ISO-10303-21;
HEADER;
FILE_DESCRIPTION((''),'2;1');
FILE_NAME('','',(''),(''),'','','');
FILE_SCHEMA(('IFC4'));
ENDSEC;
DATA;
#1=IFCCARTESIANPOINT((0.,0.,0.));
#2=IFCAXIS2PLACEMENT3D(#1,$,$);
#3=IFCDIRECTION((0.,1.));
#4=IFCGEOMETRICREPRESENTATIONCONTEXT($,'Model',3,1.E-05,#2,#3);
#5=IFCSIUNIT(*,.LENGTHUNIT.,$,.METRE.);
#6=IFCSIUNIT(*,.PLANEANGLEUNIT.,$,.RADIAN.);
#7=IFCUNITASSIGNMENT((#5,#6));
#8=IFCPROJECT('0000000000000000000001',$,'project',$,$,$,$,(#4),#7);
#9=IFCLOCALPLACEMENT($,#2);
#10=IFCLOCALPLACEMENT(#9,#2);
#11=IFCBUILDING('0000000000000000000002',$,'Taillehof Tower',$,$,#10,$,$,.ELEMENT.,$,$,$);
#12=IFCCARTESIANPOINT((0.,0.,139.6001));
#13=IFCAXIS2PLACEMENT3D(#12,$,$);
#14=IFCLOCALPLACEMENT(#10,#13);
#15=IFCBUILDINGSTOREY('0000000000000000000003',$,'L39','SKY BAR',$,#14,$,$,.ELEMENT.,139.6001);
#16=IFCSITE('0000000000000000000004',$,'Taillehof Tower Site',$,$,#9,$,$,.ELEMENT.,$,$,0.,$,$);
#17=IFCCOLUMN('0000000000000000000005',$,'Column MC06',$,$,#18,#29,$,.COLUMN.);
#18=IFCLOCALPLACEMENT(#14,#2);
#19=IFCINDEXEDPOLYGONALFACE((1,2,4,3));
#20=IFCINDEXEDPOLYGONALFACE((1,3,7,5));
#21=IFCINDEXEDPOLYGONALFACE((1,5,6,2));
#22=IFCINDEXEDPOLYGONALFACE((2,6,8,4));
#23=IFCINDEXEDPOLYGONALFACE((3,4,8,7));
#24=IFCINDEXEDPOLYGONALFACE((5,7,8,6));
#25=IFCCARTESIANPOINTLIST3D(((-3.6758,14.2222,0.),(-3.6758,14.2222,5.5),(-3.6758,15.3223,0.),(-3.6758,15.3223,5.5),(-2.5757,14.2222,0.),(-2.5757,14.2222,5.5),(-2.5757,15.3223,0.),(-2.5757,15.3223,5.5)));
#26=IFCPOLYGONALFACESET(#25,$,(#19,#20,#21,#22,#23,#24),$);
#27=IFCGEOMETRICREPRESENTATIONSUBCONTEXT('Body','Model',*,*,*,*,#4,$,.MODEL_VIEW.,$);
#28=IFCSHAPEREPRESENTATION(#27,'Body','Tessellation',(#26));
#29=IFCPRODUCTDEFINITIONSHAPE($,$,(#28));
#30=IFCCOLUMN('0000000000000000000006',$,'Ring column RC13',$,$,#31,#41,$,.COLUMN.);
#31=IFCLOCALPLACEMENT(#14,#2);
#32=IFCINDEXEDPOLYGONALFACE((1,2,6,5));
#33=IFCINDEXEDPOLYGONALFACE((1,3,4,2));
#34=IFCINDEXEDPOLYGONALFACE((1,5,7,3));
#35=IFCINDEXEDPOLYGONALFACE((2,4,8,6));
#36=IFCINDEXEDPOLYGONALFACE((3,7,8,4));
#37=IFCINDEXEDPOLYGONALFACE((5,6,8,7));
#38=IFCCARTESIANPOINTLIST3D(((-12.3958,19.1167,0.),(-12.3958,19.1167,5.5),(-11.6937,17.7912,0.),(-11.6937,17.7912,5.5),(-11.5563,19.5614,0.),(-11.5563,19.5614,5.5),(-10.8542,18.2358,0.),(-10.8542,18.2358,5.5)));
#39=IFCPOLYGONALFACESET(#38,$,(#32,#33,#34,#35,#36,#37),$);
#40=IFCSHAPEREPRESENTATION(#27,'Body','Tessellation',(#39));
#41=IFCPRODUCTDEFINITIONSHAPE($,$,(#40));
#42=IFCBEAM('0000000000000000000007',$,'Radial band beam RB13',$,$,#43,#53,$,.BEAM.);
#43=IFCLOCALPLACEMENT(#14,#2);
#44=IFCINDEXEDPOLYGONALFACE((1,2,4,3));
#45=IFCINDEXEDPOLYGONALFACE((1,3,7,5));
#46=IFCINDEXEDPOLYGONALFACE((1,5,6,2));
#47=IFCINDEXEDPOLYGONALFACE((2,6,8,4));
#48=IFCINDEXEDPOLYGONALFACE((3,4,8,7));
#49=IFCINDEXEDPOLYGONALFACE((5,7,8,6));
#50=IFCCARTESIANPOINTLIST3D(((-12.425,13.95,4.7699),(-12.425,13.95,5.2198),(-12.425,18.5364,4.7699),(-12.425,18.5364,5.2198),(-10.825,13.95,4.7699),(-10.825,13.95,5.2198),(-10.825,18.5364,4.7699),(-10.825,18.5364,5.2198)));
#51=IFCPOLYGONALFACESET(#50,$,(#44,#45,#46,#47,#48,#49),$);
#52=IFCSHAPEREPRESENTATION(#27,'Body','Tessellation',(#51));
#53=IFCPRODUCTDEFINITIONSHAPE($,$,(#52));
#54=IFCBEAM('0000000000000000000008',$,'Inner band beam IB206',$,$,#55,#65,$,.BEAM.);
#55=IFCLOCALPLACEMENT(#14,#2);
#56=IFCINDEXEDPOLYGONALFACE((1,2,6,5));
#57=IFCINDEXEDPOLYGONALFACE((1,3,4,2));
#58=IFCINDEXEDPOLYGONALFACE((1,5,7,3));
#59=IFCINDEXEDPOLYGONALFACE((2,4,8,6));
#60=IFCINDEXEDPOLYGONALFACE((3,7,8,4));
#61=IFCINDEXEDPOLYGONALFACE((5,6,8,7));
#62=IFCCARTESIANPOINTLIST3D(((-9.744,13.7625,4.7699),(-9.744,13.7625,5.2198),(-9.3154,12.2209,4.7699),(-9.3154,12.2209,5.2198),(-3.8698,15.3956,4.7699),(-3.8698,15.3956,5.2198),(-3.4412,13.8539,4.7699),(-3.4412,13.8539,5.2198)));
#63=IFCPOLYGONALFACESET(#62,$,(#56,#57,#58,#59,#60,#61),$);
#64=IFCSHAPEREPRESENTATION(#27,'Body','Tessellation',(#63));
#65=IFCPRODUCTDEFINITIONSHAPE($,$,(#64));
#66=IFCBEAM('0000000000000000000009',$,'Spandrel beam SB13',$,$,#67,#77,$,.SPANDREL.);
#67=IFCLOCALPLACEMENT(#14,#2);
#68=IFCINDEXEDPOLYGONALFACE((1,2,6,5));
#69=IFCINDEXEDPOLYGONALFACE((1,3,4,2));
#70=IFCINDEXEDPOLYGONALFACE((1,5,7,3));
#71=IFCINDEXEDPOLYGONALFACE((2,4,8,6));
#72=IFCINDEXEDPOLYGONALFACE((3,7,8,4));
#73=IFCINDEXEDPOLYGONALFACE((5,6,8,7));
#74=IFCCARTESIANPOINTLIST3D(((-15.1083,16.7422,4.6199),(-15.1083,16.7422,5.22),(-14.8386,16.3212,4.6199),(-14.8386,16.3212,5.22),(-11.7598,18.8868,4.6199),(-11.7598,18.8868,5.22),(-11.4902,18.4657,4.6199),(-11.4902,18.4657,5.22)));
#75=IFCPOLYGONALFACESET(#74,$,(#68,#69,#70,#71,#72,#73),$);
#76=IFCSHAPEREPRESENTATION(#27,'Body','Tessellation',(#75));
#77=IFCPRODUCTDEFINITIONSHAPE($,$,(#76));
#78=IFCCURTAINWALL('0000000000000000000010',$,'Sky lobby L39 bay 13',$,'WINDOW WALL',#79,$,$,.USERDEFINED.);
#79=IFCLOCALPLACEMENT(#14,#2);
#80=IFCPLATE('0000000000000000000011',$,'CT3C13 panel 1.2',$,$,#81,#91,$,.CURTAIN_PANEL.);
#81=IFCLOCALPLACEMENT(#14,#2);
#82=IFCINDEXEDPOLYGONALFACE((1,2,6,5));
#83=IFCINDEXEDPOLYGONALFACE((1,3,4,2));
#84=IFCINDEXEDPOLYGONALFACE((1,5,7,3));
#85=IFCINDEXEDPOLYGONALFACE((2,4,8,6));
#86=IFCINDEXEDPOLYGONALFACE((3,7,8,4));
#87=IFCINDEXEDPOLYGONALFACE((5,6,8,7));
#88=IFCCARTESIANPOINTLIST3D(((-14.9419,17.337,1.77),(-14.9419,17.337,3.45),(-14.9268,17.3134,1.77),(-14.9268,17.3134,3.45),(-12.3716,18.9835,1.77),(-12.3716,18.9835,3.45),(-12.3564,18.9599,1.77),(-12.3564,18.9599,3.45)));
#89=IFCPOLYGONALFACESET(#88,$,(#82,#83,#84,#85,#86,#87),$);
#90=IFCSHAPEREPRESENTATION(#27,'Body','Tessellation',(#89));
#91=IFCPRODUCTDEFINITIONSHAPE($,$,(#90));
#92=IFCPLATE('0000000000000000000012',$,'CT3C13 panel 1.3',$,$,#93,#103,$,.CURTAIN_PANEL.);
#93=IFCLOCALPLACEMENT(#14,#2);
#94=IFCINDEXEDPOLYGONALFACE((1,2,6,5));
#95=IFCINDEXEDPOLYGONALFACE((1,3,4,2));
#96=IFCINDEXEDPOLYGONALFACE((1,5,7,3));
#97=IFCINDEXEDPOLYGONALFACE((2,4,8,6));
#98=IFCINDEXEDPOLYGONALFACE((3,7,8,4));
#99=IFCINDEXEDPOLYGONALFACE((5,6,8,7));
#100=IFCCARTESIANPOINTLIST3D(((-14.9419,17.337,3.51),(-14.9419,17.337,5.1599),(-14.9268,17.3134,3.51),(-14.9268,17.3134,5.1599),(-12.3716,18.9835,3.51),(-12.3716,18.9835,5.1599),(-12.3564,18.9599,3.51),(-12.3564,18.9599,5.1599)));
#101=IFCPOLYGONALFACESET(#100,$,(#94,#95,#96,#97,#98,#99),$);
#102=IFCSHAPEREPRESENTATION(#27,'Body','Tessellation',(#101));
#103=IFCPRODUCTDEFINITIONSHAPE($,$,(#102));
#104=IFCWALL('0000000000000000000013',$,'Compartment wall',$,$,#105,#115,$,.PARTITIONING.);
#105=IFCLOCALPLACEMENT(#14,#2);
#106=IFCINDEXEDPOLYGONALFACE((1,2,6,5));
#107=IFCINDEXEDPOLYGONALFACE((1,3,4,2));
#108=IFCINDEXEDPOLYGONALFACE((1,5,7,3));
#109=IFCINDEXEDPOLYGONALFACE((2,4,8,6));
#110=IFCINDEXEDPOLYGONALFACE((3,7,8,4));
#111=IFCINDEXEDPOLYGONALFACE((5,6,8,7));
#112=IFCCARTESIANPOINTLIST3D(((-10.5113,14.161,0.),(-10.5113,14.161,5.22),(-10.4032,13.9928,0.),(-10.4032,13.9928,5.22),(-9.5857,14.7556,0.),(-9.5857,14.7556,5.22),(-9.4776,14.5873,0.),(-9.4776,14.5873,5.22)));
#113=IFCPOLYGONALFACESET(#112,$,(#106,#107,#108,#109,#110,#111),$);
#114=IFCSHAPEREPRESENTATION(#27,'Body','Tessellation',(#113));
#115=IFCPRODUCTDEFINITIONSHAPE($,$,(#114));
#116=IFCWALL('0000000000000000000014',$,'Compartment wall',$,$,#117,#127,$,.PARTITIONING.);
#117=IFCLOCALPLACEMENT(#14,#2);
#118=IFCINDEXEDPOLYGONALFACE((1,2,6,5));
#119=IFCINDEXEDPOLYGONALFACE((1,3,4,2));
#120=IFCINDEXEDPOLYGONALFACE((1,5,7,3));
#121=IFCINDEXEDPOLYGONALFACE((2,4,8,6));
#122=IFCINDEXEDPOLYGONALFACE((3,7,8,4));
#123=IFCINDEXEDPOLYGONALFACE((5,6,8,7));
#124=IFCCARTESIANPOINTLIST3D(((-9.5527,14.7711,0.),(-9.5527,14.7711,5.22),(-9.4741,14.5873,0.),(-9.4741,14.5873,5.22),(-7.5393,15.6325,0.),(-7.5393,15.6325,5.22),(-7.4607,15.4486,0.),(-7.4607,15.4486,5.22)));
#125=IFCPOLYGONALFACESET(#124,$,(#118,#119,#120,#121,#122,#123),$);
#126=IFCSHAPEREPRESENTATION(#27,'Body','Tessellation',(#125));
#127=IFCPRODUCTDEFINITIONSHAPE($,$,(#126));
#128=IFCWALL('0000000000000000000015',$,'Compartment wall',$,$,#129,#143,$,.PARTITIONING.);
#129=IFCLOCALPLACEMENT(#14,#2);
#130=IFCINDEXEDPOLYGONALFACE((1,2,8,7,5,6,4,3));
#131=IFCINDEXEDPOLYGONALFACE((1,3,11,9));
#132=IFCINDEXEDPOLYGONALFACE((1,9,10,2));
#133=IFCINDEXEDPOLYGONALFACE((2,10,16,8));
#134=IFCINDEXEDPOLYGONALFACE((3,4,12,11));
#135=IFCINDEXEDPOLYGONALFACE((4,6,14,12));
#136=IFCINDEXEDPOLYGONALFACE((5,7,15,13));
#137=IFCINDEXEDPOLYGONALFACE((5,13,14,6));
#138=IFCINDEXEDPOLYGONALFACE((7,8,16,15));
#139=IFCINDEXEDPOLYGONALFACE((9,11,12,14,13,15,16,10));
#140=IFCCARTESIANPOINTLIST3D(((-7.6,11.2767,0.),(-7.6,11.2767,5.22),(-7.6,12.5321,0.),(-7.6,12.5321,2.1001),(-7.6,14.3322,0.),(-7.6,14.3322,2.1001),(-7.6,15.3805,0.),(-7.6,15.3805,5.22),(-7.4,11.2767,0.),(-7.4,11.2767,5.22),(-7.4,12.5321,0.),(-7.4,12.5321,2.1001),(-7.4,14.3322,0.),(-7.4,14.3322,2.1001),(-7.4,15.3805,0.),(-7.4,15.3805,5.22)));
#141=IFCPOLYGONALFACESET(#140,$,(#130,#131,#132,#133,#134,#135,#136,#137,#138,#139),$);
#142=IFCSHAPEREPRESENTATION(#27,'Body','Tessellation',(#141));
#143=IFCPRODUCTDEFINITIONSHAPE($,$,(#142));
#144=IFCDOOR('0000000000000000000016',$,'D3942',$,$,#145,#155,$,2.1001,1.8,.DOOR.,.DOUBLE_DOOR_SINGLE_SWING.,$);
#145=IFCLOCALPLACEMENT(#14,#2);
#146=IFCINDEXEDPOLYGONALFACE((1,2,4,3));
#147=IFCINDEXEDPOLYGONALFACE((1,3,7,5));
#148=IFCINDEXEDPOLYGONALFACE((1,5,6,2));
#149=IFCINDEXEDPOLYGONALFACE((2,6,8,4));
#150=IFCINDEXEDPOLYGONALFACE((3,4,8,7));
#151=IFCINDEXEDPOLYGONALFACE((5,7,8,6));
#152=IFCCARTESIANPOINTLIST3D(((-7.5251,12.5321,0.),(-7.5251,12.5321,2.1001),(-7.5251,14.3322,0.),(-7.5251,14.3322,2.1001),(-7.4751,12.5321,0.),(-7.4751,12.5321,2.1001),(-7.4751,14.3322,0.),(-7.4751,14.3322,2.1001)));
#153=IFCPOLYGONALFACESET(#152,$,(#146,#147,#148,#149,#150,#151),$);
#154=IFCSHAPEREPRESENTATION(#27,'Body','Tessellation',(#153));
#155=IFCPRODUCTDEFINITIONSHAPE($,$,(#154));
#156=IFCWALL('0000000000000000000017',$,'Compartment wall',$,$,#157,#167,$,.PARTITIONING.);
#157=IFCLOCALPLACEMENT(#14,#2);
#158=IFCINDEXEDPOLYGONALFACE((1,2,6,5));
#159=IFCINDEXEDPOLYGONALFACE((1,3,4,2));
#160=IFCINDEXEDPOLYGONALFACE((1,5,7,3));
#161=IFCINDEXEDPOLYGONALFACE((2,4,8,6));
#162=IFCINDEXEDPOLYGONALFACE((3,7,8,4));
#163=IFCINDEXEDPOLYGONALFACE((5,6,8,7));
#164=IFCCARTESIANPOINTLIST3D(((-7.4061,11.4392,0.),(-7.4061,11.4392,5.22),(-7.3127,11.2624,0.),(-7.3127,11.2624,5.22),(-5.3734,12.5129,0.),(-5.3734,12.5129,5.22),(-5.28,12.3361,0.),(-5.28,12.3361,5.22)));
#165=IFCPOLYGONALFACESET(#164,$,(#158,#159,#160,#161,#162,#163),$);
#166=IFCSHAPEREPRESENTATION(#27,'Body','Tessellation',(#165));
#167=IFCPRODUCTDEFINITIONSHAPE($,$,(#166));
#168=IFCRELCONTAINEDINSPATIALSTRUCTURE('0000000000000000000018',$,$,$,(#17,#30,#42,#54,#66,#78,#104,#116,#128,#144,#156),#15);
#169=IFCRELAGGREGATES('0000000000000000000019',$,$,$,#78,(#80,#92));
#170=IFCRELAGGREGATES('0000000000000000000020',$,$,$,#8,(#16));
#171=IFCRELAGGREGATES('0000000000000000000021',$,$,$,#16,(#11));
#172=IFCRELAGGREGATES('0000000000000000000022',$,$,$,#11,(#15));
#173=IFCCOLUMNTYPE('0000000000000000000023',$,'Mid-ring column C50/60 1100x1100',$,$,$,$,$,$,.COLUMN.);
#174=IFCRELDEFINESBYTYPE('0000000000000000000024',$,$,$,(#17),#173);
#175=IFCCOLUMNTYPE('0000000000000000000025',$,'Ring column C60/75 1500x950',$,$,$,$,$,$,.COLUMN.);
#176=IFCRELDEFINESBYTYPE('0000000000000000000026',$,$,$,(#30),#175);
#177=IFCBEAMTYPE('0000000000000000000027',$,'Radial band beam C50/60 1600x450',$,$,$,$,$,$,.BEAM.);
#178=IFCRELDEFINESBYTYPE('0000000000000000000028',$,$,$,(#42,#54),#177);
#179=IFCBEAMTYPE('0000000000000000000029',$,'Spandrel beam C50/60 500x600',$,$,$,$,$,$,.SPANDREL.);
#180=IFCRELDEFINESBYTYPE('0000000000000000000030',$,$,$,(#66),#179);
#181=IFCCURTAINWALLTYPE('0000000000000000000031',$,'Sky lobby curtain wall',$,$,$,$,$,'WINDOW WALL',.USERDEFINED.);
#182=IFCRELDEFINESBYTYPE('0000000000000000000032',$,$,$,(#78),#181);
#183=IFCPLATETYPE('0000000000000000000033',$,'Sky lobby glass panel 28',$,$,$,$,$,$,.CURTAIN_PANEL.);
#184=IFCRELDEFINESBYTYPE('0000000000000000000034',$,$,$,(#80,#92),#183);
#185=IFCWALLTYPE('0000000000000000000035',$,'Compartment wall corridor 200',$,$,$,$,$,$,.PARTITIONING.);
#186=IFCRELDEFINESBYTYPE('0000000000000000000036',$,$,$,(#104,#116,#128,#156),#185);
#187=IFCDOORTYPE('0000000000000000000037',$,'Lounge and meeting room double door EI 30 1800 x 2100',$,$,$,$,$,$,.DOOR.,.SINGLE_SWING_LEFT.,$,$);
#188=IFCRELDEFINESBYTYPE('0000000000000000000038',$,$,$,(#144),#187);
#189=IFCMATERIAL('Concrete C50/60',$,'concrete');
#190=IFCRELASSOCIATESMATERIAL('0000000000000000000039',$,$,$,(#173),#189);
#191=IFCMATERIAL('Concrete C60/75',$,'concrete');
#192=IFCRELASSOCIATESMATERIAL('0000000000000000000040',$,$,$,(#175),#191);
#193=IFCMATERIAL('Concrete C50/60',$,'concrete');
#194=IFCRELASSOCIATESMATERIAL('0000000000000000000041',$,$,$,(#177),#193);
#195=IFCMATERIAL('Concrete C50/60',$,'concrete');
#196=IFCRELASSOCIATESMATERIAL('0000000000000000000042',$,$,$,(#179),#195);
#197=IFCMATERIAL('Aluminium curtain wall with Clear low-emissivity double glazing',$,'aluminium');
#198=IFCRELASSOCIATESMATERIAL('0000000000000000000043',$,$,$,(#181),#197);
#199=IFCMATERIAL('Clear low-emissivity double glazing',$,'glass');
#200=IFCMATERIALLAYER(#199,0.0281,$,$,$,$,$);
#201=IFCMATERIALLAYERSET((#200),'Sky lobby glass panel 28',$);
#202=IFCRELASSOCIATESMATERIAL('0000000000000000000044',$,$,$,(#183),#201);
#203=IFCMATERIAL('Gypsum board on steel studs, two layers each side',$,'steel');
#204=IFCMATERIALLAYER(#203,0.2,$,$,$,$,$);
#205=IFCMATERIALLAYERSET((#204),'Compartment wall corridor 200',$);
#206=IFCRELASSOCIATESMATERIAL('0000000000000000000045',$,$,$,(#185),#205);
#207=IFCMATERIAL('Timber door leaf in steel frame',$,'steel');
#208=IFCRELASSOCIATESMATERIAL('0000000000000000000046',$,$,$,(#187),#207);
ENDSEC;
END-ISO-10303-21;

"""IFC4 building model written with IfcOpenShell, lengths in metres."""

from ifc_helpers import new_model, si_unit, direction, frame, frame_2d, origin, origin_2d, place, context, subcontext, project, spatial, rectangle, extrude, material, layer, layer_set, material_profile, profile_set, type_object, element, fill, aggregate, save


model = new_model("IFC4")

# Units and contexts
model_context = context("Model", 3, precision=1e-05, world=origin(), true_north=direction((0.0, 1.0)))
body_context = subcontext(model_context, "Body", "Model", "MODEL_VIEW")
ifc_project = project(units=[si_unit("LENGTHUNIT", "METRE"), si_unit("PLANEANGLEUNIT", "RADIAN")], contexts=[model_context])

# Site, building, storey
site_placement = place(None, origin())
site = spatial("IfcSite", under=ifc_project, at=site_placement, Name="Taillehof Tower Site", CompositionType="ELEMENT", RefElevation=0.0)
building_placement = place(site_placement, origin())
building = spatial("IfcBuilding", under=site, at=building_placement, Name="Taillehof Tower", CompositionType="ELEMENT")
storey_placement = place(building_placement, frame((0.0, 0.0, 139.6001)))
storey = spatial("IfcBuildingStorey", under=building, at=storey_placement, Name="L39", Description="SKY BAR", CompositionType="ELEMENT", Elevation=139.6001)

# Columns
ifc_material_1 = material(Name="Concrete C50/60", Category="concrete")
ifc_material_profile_1 = material_profile(ifc_material_1, rectangle(XDim=1.1001, YDim=1.1001, at=origin_2d()), Name="RC 1100x1100")
ifc_profile_set_1 = profile_set([ifc_material_profile_1], Name="Concrete C50/60")
column_type_1 = type_object("IfcColumnType", Name="Mid-ring column C50/60 1100x1100", PredefinedType="COLUMN", material=ifc_profile_set_1)
column_1_placement = place(storey_placement, frame((-3.1257, 14.7722, 0.0), z_axis=(0.0, 0.0, 1.0), x_axis=(1.0, 0.0, 0.0)))
element("IfcColumn", 1, at=column_1_placement, inside=storey, type_object=column_type_1, Name="Column MC06", PredefinedType="COLUMN", context=body_context, shape_type="SweptSolid", body=[
    extrude(rectangle(XDim=1.1001, YDim=1.1001, at=origin_2d()), origin(), (0.0, 0.0, 1.0), 5.5),
])
ifc_material_2 = material(Name="Concrete C60/75", Category="concrete")
ifc_material_profile_2 = material_profile(ifc_material_2, rectangle(XDim=1.5, YDim=0.95, at=origin_2d()), Name="RC 1500x950")
ifc_profile_set_2 = profile_set([ifc_material_profile_2], Name="Concrete C60/75")
column_type_2 = type_object("IfcColumnType", Name="Ring column C60/75 1500x950", PredefinedType="COLUMN", material=ifc_profile_set_2)
column_2_placement = place(storey_placement, frame((-11.625, 18.6763, 0.0), z_axis=(0.0, 0.0, 1.0), x_axis=(-0.468042, 0.883706, 0.0)))
element("IfcColumn", 2, at=column_2_placement, inside=storey, type_object=column_type_2, Name="Ring column RC13", PredefinedType="COLUMN", context=body_context, shape_type="SweptSolid", body=[
    extrude(rectangle(XDim=1.5, YDim=0.95, at=origin_2d()), origin(), (0.0, 0.0, 1.0), 5.5),
])

# Beams
ifc_material_3 = material(Name="Concrete C50/60", Category="concrete")
ifc_material_profile_3 = material_profile(ifc_material_3, rectangle(XDim=1.6001, YDim=0.45, at=origin_2d()), Name="RC 1600x450")
ifc_profile_set_3 = profile_set([ifc_material_profile_3], Name="Concrete C50/60")
beam_type_1 = type_object("IfcBeamType", Name="Radial band beam C50/60 1600x450", PredefinedType="BEAM", material=ifc_profile_set_3)
beam_1_placement = place(storey_placement, frame((-11.625, 18.5364, 4.9949), z_axis=(0.0, -1.0, 0.0), x_axis=(1.0, 0.0, 0.0)))
element("IfcBeam", 3, at=beam_1_placement, inside=storey, type_object=beam_type_1, Name="Radial band beam RB13", PredefinedType="BEAM", context=body_context, shape_type="SweptSolid", body=[
    extrude(rectangle(XDim=1.6001, YDim=0.45, at=origin_2d()), origin(), (0.0, 0.0, 1.0), 4.5864),
])
beam_2_placement = place(storey_placement, frame((-3.6555, 14.6248, 4.9949), z_axis=(-0.963459, -0.267855, 0.0), x_axis=(0.267855, -0.963459, 0.0)))
element("IfcBeam", 4, at=beam_2_placement, inside=storey, type_object=beam_type_1, Name="Inner band beam IB206", PredefinedType="BEAM", context=body_context, shape_type="SweptSolid", body=[
    extrude(rectangle(XDim=1.6001, YDim=0.45, at=origin_2d()), origin(), (0.0, 0.0, 1.0), 6.0969),
])
ifc_material_4 = material(Name="Concrete C50/60", Category="concrete")
ifc_material_profile_4 = material_profile(ifc_material_4, rectangle(XDim=0.5, YDim=0.6001, at=origin_2d()), Name="RC 500x600")
ifc_profile_set_4 = profile_set([ifc_material_profile_4], Name="Concrete C50/60")
beam_type_2 = type_object("IfcBeamType", Name="Spandrel beam C50/60 500x600", PredefinedType="SPANDREL", material=ifc_profile_set_4)
beam_3_placement = place(storey_placement, frame((-11.625, 18.6763, 4.9199), z_axis=(-0.842093, -0.539332, 0.0), x_axis=(0.539332, -0.842093, 0.0)))
element("IfcBeam", 5, at=beam_3_placement, inside=storey, type_object=beam_type_2, Name="Spandrel beam SB13", PredefinedType="SPANDREL", context=body_context, shape_type="SweptSolid", body=[
    extrude(rectangle(XDim=0.5, YDim=0.6001, at=origin_2d()), origin(), (0.0, 0.0, 1.0), 3.9763),
])

# Curtain wall, plates
ifc_material_5 = material(Name="Aluminium curtain wall with Clear low-emissivity double glazing", Category="aluminium")
curtain_wall_type = type_object("IfcCurtainWallType", Name="Sky lobby curtain wall", ElementType="WINDOW WALL", PredefinedType="USERDEFINED", material=ifc_material_5)
curtain_wall_placement = place(storey_placement, origin())
curtain_wall = element("IfcCurtainWall", 6, at=curtain_wall_placement, inside=storey, type_object=curtain_wall_type, Name="Sky lobby L39 bay 13", ObjectType="WINDOW WALL", PredefinedType="USERDEFINED")
ifc_material_6 = material(Name="Clear low-emissivity double glazing", Category="glass")
ifc_layer_1 = layer(ifc_material_6, 0.0281)
ifc_layer_set_1 = layer_set([ifc_layer_1], Name="Sky lobby glass panel 28")
plate_type = type_object("IfcPlateType", Name="Sky lobby glass panel 28", PredefinedType="CURTAIN_PANEL", material=ifc_layer_set_1)
plate_1_placement = place(storey_placement, frame((-13.6492, 18.1484, 1.77), z_axis=(0.0, 0.0, 1.0), x_axis=(-0.842053, -0.539394, 0.0)))
plate_1 = element("IfcPlate", 7, at=plate_1_placement, type_object=plate_type, Name="CT3C13 panel 1.2", PredefinedType="CURTAIN_PANEL", context=body_context, shape_type="SweptSolid", body=[
    extrude(rectangle(XDim=3.0525, YDim=0.0281, at=origin_2d()), origin(), (0.0, 0.0, 1.0), 1.6799),
])
plate_2_placement = place(storey_placement, frame((-13.6492, 18.1484, 3.51), z_axis=(0.0, 0.0, 1.0), x_axis=(-0.842053, -0.539394, 0.0)))
plate_2 = element("IfcPlate", 8, at=plate_2_placement, type_object=plate_type, Name="CT3C13 panel 1.3", PredefinedType="CURTAIN_PANEL", context=body_context, shape_type="SweptSolid", body=[
    extrude(rectangle(XDim=3.0525, YDim=0.0281, at=origin_2d()), origin(), (0.0, 0.0, 1.0), 1.6499),
])
aggregate(curtain_wall, [plate_1, plate_2])

# Walls
ifc_material_7 = material(Name="Gypsum board on steel studs, two layers each side", Category="steel")
ifc_layer_2 = layer(ifc_material_7, 0.2)
ifc_layer_set_2 = layer_set([ifc_layer_2], Name="Compartment wall corridor 200")
wall_type_1 = type_object("IfcWallType", Name="Compartment wall corridor 200", PredefinedType="PARTITIONING", material=ifc_layer_set_2)
wall_1_placement = place(storey_placement, frame((-10.4573, 14.0769, 0.0), z_axis=(0.0, 0.0, 1.0), x_axis=(0.841388, 0.540432, 0.0)))
element("IfcWall", 9, at=wall_1_placement, inside=storey, type_object=wall_type_1, Name="Compartment wall", PredefinedType="PARTITIONING", context=body_context, shape_type="SweptSolid", body=[
    extrude(rectangle(XDim=1.1001, YDim=0.2, at=frame_2d((0.55, 0.0))), origin(), (0.0, 0.0, 1.0), 5.22),
])
wall_2_placement = place(storey_placement, frame((-9.5134, 14.6792, 0.0), z_axis=(0.0, 0.0, 1.0), x_axis=(0.919404, 0.393314, 0.0)))
element("IfcWall", 10, at=wall_2_placement, inside=storey, type_object=wall_type_1, Name="Compartment wall", PredefinedType="PARTITIONING", context=body_context, shape_type="SweptSolid", body=[
    extrude(rectangle(XDim=2.1899, YDim=0.2, at=frame_2d((1.095, 0.0))), origin(), (0.0, 0.0, 1.0), 5.22),
])

# Wall, opening, door
wall_3_placement = place(storey_placement, frame((-7.5, 15.3804, 0.0), z_axis=(0.0, 0.0, 1.0), x_axis=(0.0, -1.0, 0.0)))
wall_3 = element("IfcWall", 11, at=wall_3_placement, inside=storey, type_object=wall_type_1, Name="Compartment wall", PredefinedType="PARTITIONING", context=body_context, shape_type="SweptSolid", body=[
    extrude(rectangle(XDim=4.1038, YDim=0.2, at=frame_2d((2.0518, 0.0))), origin(), (0.0, 0.0, 1.0), 5.22),
])
opening_1_placement = place(wall_3_placement, frame((1.0483, 0.0, 0.0)))
opening_1 = element("IfcOpeningElement", 12, at=opening_1_placement, cuts=wall_3, PredefinedType="OPENING", context=body_context, shape_type="SweptSolid", body=[
    extrude(rectangle(XDim=1.8, YDim=2.1001, at=frame_2d((0.8999, 1.05))), frame((0.0, 0.1099, 0.0), z_axis=(0.0, -1.0, 0.0), x_axis=(1.0, 0.0, 0.0)), (0.0, 0.0, 1.0), 0.22),
])
ifc_material_8 = material(Name="Timber door leaf in steel frame", Category="steel")
door_type = type_object("IfcDoorType", Name="Lounge and meeting room double door EI 30 1800 x 2100", OperationType="SINGLE_SWING_LEFT", PredefinedType="DOOR", material=ifc_material_8)
door_1_placement = place(opening_1_placement, origin())
door_1 = element("IfcDoor", 13, at=door_1_placement, inside=storey, type_object=door_type, Name="D3942", OperationType="DOUBLE_DOOR_SINGLE_SWING", OverallHeight=2.1001, OverallWidth=1.8, PredefinedType="DOOR", context=body_context, shape_type="SweptSolid", body=[
    extrude(rectangle(XDim=1.8, YDim=2.1001, at=frame_2d((0.8999, 1.05))), frame((0.0, 0.0249, 0.0), z_axis=(0.0, -1.0, 0.0), x_axis=(1.0, 0.0, 0.0)), (0.0, 0.0, 1.0), 0.05),
])
fill(opening_1, door_1)

# Wall
wall_4_placement = place(storey_placement, frame((-7.3594, 11.3508, 0.0), z_axis=(0.0, 0.0, 1.0), x_axis=(0.884222, 0.467068, 0.0)))
element("IfcWall", 14, at=wall_4_placement, inside=storey, type_object=wall_type_1, Name="Compartment wall", PredefinedType="PARTITIONING", context=body_context, shape_type="SweptSolid", body=[
    extrude(rectangle(XDim=2.2988, YDim=0.2, at=frame_2d((1.1494, 0.0))), origin(), (0.0, 0.0, 1.0), 5.22),
])

save(model, "model.ifc")
